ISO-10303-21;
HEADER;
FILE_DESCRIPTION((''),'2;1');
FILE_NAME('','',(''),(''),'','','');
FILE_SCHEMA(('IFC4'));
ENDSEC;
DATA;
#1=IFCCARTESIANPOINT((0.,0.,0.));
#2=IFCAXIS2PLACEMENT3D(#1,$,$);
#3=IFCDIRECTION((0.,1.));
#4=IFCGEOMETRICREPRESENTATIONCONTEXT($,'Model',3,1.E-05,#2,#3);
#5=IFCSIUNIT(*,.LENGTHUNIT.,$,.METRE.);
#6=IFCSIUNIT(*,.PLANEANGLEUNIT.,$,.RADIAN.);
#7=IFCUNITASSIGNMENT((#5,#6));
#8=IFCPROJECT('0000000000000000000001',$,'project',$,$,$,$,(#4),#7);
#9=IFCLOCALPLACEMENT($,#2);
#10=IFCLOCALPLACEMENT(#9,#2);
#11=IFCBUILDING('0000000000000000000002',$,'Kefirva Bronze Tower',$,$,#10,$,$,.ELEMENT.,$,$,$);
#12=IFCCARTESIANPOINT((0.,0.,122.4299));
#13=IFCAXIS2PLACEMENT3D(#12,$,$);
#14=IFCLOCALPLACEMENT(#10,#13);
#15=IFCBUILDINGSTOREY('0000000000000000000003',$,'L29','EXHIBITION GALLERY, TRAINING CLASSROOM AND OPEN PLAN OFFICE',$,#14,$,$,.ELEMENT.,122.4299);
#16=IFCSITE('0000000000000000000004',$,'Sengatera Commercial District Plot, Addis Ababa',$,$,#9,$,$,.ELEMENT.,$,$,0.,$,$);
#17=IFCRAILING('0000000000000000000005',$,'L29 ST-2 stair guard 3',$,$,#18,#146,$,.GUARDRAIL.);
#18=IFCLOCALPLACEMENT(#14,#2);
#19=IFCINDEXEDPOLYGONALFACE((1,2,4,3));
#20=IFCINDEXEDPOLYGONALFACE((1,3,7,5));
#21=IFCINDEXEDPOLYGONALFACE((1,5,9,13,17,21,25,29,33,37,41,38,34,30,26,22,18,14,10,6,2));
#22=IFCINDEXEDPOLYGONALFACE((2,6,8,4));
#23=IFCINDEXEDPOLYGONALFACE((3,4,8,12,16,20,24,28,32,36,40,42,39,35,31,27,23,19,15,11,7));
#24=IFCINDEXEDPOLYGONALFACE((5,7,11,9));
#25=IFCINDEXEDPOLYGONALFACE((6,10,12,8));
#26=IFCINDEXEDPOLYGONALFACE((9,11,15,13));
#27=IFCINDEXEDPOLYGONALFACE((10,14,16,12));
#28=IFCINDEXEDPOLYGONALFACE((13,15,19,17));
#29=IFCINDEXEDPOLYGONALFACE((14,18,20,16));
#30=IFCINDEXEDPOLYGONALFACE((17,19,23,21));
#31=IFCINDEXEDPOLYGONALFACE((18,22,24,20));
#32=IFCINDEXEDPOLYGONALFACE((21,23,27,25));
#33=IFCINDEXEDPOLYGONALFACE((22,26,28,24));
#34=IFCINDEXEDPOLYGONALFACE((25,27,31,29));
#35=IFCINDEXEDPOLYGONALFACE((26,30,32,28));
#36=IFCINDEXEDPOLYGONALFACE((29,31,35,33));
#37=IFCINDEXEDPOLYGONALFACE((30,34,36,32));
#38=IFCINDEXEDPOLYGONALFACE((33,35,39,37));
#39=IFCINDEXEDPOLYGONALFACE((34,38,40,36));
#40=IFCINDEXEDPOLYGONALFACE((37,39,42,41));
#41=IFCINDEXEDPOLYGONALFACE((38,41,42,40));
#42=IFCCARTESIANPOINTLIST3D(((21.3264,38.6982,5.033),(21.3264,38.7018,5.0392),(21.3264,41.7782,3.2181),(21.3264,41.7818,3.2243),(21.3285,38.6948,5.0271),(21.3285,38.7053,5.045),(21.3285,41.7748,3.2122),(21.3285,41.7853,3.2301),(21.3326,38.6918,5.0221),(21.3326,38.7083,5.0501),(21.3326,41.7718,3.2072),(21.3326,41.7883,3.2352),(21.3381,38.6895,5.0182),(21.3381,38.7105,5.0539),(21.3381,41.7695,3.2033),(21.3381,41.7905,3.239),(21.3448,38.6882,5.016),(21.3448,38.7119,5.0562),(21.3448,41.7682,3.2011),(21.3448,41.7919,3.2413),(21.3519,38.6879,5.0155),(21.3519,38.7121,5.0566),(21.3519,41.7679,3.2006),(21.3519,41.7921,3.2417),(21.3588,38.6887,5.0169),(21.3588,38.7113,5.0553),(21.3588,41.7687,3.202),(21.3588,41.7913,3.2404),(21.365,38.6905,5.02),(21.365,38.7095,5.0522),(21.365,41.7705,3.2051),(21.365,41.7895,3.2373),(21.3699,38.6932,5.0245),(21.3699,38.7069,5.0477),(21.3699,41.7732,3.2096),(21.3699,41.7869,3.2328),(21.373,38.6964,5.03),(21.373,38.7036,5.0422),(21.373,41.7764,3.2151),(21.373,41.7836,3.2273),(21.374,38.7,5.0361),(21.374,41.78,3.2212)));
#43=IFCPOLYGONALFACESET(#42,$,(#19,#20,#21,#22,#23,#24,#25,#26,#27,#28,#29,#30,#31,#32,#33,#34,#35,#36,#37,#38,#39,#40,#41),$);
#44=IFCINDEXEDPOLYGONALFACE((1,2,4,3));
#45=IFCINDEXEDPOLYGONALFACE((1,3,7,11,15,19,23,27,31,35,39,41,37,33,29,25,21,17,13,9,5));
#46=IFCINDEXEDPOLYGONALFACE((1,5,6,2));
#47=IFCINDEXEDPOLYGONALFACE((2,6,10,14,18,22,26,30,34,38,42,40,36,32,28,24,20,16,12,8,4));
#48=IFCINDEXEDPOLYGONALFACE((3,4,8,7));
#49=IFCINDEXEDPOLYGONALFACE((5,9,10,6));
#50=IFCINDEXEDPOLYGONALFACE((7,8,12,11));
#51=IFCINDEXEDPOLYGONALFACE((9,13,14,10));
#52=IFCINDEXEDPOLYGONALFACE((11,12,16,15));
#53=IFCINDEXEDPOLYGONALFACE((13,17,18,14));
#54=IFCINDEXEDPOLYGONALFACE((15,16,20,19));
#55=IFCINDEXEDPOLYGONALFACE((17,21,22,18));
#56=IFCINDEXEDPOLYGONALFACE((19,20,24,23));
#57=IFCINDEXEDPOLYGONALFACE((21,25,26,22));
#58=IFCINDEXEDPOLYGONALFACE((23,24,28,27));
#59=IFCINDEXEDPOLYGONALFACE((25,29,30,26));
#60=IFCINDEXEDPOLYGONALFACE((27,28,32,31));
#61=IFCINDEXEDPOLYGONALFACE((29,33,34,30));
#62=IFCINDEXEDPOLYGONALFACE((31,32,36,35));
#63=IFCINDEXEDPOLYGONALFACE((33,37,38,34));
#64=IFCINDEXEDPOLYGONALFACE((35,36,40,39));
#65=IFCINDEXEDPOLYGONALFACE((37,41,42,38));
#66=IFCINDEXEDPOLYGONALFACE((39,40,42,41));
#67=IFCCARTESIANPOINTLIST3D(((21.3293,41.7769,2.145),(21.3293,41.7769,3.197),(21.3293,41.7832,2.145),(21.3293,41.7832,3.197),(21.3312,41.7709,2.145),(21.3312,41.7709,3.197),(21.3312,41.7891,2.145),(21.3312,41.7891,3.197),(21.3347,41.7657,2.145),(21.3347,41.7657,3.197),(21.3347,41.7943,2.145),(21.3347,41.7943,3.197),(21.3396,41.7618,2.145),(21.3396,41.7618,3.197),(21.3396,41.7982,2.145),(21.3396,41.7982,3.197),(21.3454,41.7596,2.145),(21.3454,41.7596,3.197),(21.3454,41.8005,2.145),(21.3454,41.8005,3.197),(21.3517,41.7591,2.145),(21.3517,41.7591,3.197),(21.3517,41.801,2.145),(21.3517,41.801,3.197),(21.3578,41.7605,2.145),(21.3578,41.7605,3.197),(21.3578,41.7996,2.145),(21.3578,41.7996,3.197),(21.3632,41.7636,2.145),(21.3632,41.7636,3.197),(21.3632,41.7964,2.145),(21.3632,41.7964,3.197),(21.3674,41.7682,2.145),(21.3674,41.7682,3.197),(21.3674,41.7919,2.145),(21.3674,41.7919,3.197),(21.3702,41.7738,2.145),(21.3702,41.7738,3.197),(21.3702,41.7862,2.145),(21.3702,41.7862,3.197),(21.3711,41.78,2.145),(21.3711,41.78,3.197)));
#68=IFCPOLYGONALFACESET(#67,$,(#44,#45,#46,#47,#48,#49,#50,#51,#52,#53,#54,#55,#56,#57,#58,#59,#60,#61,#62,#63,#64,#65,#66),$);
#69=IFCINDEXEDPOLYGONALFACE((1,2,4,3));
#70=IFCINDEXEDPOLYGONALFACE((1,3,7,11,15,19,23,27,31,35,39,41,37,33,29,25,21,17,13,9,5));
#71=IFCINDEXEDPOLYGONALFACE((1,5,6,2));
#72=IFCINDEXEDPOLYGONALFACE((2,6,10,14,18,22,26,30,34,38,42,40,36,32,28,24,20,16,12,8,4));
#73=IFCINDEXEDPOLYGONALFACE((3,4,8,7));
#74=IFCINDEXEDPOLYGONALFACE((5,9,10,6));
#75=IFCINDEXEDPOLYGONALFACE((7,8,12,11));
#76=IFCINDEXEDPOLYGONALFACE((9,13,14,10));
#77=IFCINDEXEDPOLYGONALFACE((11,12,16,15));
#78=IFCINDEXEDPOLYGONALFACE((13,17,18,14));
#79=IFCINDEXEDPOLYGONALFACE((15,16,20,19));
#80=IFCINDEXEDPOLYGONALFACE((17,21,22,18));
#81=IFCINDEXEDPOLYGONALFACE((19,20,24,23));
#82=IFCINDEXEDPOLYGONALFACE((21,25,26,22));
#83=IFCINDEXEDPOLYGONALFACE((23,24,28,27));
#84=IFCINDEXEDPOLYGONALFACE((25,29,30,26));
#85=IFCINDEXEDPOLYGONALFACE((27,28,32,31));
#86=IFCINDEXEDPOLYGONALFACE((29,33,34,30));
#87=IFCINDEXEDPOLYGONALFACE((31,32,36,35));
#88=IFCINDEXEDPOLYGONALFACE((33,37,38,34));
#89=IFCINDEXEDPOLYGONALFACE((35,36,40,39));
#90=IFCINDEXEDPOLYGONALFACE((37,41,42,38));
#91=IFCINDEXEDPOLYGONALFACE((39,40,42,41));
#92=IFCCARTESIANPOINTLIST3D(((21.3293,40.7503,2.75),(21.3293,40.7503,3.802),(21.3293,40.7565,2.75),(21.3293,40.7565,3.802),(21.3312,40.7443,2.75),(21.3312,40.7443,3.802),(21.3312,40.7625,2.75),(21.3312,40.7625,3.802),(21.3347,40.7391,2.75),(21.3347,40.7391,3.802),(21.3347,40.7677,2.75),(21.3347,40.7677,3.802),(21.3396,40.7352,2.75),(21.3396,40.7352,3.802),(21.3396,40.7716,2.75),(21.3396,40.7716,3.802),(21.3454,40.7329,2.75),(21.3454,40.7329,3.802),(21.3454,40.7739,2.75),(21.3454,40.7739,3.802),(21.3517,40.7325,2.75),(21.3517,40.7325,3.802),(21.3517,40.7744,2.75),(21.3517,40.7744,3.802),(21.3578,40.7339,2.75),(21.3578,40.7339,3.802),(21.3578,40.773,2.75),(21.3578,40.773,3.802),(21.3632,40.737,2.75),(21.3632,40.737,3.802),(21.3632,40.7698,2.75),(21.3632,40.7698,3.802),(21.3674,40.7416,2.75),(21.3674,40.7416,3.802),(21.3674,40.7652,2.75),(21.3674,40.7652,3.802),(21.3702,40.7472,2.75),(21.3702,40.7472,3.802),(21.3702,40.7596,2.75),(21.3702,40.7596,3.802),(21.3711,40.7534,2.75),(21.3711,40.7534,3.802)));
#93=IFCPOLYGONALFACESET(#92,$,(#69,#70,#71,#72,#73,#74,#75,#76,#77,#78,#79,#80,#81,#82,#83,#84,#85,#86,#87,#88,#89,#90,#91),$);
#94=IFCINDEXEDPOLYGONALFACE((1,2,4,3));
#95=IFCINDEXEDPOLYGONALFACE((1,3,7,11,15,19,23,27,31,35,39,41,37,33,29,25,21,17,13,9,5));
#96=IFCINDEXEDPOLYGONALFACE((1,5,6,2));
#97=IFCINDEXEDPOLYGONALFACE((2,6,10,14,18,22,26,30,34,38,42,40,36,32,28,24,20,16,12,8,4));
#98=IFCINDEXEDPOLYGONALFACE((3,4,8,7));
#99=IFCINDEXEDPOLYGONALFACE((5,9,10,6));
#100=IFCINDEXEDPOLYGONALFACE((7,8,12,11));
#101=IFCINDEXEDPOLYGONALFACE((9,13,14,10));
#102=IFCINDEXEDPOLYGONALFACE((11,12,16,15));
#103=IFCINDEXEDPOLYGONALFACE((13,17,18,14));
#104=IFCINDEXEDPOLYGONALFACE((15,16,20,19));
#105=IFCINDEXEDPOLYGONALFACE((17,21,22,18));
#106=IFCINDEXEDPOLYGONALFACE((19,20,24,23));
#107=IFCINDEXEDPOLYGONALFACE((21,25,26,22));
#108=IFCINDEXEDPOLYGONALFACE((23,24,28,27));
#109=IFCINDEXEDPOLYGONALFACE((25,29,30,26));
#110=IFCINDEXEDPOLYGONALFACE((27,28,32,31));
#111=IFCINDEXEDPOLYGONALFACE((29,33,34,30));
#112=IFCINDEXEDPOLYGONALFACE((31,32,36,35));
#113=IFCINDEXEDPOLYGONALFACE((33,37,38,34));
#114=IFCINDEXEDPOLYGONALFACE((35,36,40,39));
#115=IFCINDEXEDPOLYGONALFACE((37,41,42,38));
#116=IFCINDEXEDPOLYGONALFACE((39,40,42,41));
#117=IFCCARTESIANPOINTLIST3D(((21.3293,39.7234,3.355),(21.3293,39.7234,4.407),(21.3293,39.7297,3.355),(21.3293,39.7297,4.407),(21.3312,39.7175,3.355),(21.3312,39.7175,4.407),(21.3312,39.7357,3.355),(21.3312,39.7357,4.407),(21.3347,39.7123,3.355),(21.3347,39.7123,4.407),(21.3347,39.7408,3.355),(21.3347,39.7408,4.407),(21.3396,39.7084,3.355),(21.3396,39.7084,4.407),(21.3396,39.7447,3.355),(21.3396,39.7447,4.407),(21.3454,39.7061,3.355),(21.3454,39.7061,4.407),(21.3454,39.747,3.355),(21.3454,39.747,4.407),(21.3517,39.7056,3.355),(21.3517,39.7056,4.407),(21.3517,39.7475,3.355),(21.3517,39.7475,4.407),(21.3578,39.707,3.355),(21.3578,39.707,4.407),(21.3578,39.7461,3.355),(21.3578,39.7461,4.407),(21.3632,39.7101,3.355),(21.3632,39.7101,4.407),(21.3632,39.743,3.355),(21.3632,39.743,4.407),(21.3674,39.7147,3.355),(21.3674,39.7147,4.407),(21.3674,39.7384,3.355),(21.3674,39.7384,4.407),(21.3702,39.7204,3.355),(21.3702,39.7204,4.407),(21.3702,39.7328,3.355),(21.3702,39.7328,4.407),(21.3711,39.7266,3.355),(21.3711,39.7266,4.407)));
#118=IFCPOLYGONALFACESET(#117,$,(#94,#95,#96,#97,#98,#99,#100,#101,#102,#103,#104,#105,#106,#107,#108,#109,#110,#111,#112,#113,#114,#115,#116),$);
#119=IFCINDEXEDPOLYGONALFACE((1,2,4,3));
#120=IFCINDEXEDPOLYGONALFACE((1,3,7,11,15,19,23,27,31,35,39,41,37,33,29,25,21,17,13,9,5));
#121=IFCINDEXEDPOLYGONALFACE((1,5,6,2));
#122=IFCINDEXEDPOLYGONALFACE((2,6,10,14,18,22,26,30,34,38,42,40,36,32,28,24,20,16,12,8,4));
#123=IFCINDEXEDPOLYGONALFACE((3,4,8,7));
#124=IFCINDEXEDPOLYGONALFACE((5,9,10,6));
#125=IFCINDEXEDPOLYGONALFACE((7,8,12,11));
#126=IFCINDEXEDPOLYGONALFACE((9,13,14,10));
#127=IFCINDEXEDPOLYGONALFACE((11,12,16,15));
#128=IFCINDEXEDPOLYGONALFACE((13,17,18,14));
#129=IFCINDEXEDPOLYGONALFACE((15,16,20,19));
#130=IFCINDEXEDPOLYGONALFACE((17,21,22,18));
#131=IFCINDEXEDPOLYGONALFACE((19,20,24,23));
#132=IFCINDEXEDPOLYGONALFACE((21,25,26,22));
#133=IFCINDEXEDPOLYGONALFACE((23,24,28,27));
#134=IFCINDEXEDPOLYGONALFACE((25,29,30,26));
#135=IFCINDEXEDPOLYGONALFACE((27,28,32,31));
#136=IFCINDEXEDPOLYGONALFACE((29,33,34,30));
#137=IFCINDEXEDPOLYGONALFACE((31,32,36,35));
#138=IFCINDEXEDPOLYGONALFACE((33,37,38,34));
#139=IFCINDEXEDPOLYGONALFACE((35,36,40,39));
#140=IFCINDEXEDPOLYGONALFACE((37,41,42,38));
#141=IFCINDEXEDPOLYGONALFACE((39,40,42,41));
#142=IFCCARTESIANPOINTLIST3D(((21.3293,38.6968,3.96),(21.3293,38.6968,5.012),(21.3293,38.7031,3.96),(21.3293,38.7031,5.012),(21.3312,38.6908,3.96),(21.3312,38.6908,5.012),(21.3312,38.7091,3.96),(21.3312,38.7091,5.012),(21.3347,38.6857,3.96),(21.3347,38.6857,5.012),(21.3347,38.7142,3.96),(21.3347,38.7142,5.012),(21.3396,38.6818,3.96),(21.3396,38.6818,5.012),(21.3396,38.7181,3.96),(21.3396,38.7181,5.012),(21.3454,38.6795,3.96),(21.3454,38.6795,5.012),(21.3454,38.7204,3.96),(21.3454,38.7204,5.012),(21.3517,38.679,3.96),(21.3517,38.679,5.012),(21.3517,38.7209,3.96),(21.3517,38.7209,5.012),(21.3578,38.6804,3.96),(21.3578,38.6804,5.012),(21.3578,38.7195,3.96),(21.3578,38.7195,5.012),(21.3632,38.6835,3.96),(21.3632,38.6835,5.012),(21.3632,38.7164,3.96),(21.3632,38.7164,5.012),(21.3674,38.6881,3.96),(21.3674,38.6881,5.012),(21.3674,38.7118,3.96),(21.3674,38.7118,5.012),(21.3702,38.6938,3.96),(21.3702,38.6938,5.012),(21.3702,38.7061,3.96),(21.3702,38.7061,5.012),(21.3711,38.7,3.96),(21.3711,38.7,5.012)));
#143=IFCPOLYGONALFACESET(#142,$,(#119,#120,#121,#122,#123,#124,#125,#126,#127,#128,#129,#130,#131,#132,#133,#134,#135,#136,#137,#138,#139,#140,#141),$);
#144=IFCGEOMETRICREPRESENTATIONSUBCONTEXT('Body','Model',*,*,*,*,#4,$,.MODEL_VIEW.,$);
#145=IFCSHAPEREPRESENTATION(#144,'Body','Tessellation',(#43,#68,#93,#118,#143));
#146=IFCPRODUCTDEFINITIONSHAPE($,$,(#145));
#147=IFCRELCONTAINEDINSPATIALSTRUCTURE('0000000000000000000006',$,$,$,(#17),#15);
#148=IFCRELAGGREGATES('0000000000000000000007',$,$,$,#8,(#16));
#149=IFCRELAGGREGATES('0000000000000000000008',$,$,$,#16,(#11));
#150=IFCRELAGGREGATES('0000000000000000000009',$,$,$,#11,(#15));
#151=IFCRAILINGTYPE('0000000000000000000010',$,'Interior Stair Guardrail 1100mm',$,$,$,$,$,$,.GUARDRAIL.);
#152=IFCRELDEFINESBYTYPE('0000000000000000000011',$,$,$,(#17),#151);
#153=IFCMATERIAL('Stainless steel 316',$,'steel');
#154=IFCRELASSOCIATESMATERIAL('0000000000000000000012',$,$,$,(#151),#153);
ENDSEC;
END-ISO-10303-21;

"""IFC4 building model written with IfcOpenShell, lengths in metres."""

from ifc_helpers import new_model, si_unit, direction, frame, origin, origin_2d, place, context, subcontext, project, spatial, circle, extrude, material, type_object, element, save


model = new_model("IFC4")

# Units and contexts
model_context = context("Model", 3, precision=1e-05, world=origin(), true_north=direction((0.0, 1.0)))
body_context = subcontext(model_context, "Body", "Model", "MODEL_VIEW")
ifc_project = project(units=[si_unit("LENGTHUNIT", "METRE"), si_unit("PLANEANGLEUNIT", "RADIAN")], contexts=[model_context])

# Site, building, storey
site_placement = place(None, origin())
site = spatial("IfcSite", under=ifc_project, at=site_placement, Name="Sengatera Commercial District Plot, Addis Ababa", CompositionType="ELEMENT", RefElevation=0.0)
building_placement = place(site_placement, origin())
building = spatial("IfcBuilding", under=site, at=building_placement, Name="Kefirva Bronze Tower", CompositionType="ELEMENT")
storey_placement = place(building_placement, frame((0.0, 0.0, 122.4299)))
storey = spatial("IfcBuildingStorey", under=building, at=storey_placement, Name="L29", Description="EXHIBITION GALLERY, TRAINING CLASSROOM AND OPEN PLAN OFFICE", CompositionType="ELEMENT", Elevation=122.4299)

# Railing
ifc_material_1 = material(Name="Stainless steel 316", Category="steel")
railing_type_1 = type_object("IfcRailingType", Name="Interior Stair Guardrail 1100mm", PredefinedType="GUARDRAIL", material=ifc_material_1)
railing_1_placement = place(storey_placement, frame((21.3501, 41.78, 2.145)))
element("IfcRailing", 1, at=railing_1_placement, inside=storey, type_object=railing_type_1, Name="L29 ST-2 stair guard 3", PredefinedType="GUARDRAIL", context=body_context, shape_type="SweptSolid", body=[
    extrude(circle(Radius=0.0239, at=origin_2d()), frame((0.0, 0.0, 1.0762), z_axis=(0.0, -0.861551, 0.507671), x_axis=(1.0, 0.0, 0.0)), (0.0, 0.0, 1.0), 3.575),
    extrude(circle(Radius=0.021, at=origin_2d()), origin(), (0.0, 0.0, 1.0), 1.052),
    extrude(circle(Radius=0.021, at=origin_2d()), frame((0.0, -1.0266, 0.605)), (0.0, 0.0, 1.0), 1.052),
    extrude(circle(Radius=0.021, at=origin_2d()), frame((0.0, -2.0535, 1.21)), (0.0, 0.0, 1.0), 1.052),
    extrude(circle(Radius=0.021, at=origin_2d()), frame((0.0, -3.0801, 1.8149)), (0.0, 0.0, 1.0), 1.052),
])

save(model, "model.ifc")
